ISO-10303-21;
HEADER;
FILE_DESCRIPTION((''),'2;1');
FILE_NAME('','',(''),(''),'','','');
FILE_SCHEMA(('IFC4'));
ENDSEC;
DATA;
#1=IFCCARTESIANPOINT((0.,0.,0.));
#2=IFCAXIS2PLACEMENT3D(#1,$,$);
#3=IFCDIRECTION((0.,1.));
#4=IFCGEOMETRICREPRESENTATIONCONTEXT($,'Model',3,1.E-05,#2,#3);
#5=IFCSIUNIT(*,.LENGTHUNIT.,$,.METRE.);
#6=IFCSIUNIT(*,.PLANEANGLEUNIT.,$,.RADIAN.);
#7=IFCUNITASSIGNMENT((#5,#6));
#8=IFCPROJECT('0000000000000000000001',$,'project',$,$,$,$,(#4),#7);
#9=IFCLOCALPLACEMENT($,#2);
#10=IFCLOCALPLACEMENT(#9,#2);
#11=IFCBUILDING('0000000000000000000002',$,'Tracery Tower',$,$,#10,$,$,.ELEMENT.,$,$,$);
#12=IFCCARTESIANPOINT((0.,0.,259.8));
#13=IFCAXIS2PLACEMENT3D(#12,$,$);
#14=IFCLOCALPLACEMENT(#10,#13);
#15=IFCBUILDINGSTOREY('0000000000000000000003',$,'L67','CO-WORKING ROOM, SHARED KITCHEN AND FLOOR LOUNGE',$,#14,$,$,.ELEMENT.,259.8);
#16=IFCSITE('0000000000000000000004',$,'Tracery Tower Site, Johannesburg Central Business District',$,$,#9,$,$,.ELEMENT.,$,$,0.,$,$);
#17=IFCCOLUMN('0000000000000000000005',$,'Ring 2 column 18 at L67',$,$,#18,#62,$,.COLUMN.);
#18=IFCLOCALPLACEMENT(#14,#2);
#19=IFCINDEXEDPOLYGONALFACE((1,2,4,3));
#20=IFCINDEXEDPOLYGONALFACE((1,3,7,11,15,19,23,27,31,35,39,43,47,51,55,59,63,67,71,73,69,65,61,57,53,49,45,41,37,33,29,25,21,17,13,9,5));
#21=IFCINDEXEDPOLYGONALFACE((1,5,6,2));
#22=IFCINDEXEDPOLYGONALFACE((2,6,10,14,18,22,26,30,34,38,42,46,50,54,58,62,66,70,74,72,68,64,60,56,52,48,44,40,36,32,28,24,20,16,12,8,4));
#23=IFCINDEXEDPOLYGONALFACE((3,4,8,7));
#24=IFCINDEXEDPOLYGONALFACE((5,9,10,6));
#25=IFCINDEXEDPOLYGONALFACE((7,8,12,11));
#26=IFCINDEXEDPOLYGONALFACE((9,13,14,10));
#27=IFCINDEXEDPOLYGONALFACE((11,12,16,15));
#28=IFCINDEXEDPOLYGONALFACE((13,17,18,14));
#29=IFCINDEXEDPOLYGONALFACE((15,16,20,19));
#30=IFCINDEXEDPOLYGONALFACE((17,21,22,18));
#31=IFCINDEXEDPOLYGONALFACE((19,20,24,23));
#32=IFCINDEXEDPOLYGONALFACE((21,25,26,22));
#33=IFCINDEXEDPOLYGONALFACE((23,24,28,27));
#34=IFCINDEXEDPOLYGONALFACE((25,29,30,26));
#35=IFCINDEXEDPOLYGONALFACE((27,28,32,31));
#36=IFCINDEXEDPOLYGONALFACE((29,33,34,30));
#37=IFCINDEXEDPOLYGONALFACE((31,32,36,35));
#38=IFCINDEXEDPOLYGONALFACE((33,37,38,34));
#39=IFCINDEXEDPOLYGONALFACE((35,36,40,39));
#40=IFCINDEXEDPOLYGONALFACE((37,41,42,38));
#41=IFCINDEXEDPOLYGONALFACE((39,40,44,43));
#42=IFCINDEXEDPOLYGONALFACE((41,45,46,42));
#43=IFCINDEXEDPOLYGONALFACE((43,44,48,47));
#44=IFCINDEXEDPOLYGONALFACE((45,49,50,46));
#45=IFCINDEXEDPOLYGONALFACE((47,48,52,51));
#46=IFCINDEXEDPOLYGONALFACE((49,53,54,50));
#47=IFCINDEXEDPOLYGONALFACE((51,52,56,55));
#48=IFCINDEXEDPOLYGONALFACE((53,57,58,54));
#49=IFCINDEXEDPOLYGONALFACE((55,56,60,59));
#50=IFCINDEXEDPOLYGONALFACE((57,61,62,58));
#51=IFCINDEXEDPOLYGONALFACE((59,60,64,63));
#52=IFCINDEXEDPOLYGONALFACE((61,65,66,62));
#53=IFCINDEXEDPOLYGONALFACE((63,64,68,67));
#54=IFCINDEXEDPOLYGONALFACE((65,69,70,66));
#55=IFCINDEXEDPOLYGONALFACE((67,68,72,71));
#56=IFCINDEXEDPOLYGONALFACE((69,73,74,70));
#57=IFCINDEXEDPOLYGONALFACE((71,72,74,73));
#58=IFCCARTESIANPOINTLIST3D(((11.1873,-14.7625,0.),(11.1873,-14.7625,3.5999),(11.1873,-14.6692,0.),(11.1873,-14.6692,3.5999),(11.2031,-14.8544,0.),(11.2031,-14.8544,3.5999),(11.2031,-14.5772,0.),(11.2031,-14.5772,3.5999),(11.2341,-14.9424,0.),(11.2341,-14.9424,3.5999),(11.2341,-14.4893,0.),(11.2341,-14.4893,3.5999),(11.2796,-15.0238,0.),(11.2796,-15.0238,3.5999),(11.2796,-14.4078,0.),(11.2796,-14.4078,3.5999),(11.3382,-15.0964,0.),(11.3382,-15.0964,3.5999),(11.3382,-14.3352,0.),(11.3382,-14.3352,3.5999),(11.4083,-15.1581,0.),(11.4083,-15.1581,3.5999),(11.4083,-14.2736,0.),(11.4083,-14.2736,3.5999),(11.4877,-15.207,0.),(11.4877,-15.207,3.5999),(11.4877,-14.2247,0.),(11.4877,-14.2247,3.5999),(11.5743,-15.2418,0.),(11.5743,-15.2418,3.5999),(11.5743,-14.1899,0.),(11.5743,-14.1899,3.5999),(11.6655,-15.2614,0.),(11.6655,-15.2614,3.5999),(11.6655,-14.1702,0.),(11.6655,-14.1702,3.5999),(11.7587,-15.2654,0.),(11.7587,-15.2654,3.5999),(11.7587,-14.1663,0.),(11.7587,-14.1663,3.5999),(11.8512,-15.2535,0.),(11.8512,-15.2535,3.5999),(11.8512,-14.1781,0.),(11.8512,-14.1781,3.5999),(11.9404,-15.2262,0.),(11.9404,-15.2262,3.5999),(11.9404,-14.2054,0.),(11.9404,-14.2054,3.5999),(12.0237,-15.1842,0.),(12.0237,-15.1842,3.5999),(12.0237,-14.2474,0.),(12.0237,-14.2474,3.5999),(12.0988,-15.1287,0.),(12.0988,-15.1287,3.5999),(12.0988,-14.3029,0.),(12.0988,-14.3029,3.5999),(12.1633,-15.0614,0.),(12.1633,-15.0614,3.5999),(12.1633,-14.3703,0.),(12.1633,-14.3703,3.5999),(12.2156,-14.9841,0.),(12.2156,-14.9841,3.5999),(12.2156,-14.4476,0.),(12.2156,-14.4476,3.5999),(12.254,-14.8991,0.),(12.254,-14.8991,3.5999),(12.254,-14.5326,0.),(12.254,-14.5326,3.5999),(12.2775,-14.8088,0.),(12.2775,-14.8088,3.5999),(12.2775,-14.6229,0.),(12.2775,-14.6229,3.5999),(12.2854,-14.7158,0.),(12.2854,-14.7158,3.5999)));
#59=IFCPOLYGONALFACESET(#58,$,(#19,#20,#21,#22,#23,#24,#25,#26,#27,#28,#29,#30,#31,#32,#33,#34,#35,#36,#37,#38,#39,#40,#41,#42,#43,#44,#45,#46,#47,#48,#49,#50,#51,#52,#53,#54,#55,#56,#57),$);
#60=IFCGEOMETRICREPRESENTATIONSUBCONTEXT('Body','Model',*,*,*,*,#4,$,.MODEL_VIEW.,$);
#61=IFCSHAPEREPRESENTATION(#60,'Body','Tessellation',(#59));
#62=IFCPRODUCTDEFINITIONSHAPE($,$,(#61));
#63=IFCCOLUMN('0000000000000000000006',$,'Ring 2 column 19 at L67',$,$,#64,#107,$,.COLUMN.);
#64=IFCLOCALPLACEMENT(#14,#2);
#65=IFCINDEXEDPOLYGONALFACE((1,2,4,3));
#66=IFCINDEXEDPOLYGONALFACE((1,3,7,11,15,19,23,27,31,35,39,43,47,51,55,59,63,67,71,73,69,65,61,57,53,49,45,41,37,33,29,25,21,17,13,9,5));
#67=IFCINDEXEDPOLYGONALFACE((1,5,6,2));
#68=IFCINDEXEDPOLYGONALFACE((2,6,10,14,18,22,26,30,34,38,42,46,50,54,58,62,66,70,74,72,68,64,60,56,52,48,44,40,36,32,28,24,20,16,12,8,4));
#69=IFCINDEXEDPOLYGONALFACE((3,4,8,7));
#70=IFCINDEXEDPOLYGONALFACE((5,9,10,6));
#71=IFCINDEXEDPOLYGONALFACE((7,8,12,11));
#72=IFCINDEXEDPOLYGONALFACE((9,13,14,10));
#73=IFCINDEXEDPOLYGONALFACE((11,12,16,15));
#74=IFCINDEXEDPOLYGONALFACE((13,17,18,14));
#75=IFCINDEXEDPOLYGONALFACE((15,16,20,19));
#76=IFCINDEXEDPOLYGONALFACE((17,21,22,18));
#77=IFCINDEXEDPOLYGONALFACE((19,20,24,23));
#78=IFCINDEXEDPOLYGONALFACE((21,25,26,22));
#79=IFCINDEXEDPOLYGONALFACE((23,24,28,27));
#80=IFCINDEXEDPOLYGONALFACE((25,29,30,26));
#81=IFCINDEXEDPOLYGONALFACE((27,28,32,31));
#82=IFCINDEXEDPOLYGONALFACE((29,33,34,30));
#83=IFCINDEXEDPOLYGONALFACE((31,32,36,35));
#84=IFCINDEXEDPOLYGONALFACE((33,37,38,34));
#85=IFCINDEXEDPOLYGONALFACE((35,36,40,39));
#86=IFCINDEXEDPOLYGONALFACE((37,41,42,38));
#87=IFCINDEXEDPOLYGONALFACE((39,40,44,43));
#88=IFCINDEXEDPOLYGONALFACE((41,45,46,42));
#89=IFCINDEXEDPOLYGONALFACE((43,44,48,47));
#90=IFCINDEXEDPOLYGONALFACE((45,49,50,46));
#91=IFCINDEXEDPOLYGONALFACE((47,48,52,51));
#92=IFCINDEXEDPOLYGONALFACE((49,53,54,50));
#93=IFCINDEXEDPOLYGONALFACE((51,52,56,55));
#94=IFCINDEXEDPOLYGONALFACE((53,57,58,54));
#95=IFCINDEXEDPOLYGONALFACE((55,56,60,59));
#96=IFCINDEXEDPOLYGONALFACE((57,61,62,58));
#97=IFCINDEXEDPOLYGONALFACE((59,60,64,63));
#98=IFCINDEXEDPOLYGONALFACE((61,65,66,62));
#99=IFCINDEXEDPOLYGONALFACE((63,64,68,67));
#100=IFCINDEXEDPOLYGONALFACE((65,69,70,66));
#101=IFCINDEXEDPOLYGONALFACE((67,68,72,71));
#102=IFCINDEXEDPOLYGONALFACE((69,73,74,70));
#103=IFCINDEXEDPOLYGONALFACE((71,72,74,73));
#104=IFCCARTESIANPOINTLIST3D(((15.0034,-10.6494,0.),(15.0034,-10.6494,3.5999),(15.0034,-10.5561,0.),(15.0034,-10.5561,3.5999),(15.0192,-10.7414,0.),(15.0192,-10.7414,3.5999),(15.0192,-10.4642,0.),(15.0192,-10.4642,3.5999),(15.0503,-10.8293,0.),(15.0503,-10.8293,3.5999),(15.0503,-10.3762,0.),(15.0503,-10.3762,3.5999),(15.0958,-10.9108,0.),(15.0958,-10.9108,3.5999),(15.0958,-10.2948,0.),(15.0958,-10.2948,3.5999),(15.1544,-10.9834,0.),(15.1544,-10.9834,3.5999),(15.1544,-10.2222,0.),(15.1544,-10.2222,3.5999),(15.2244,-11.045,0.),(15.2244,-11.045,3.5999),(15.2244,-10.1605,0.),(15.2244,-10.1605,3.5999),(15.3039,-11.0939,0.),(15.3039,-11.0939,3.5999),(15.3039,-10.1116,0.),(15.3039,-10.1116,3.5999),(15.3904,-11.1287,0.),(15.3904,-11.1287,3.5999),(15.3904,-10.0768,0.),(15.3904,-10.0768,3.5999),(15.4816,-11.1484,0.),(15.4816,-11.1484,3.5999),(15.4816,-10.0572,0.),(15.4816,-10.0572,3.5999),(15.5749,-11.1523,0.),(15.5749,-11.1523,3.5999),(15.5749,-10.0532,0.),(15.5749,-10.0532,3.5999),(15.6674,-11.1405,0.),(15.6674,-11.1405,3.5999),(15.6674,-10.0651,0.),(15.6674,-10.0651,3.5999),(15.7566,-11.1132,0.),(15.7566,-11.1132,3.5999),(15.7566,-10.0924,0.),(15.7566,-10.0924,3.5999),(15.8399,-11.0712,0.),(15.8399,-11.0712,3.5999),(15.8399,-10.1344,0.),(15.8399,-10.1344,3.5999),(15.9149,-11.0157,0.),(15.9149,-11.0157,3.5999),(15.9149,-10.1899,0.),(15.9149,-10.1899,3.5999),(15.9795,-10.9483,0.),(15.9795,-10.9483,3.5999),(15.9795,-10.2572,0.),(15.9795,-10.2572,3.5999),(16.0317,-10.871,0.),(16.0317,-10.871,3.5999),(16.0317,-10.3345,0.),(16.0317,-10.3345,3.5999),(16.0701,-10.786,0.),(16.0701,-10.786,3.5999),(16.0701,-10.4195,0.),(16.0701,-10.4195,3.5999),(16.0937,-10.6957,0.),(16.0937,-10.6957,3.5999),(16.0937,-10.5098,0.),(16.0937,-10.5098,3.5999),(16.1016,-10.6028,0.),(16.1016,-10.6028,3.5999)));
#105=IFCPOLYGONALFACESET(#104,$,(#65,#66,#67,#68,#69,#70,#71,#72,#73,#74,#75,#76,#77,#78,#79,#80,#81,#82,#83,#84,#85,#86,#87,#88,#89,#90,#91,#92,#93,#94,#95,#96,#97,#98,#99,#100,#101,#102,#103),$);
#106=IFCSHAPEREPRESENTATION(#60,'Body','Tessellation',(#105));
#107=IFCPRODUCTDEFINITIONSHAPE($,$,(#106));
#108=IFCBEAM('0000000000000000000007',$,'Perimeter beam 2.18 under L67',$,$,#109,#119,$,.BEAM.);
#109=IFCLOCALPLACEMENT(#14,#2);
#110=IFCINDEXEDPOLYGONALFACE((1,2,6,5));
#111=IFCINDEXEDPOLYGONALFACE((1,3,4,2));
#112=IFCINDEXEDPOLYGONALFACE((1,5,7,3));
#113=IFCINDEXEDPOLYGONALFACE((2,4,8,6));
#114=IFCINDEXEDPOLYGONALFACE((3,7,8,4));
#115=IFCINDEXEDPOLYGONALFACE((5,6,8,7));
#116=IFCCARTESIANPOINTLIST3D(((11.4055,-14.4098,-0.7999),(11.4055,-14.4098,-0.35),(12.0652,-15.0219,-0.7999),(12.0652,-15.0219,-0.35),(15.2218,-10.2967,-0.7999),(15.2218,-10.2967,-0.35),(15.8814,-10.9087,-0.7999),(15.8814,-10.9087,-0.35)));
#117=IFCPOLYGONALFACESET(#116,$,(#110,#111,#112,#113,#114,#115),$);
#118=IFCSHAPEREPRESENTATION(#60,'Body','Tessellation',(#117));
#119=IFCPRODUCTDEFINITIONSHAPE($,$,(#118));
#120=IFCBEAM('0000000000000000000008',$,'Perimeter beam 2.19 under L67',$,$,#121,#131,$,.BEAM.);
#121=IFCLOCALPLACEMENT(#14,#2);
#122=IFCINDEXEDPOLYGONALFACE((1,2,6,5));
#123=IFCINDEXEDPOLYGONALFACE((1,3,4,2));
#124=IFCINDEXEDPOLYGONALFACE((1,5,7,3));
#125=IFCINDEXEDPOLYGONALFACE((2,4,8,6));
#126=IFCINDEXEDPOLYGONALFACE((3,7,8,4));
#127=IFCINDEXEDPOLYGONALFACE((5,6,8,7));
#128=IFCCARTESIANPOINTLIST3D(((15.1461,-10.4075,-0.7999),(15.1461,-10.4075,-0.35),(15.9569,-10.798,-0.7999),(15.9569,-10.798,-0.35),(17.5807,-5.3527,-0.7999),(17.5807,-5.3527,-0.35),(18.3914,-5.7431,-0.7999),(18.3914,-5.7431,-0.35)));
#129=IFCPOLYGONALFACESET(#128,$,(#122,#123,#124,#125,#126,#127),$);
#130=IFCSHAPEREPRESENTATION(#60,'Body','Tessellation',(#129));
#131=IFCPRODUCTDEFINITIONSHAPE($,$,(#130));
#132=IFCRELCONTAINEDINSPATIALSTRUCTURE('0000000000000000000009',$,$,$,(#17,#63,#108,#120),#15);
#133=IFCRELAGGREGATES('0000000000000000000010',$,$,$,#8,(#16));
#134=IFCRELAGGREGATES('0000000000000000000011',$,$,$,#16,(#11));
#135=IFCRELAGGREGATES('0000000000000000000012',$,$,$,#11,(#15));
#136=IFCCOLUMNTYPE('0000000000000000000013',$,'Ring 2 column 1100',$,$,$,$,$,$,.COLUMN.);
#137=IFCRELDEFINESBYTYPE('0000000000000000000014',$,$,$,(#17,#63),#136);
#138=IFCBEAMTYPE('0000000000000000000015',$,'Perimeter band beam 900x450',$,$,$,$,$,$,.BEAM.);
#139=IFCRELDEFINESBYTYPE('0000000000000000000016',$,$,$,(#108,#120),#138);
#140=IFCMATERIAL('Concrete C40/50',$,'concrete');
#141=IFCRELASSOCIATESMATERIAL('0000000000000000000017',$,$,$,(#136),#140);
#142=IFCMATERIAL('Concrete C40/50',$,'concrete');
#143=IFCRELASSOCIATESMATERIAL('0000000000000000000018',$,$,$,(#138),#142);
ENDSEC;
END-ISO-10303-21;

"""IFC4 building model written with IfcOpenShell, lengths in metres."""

from ifc_helpers import new_model, si_unit, direction, frame, origin, origin_2d, place, context, subcontext, project, spatial, rectangle, circle, extrude, material, material_profile, profile_set, type_object, element, save


model = new_model("IFC4")

# Units and contexts
model_context = context("Model", 3, precision=1e-05, world=origin(), true_north=direction((0.0, 1.0)))
body_context = subcontext(model_context, "Body", "Model", "MODEL_VIEW")
ifc_project = project(units=[si_unit("LENGTHUNIT", "METRE"), si_unit("PLANEANGLEUNIT", "RADIAN")], contexts=[model_context])

# Site, building, storey
site_placement = place(None, origin())
site = spatial("IfcSite", under=ifc_project, at=site_placement, Name="Tracery Tower Site, Johannesburg Central Business District", CompositionType="ELEMENT", RefElevation=0.0)
building_placement = place(site_placement, origin())
building = spatial("IfcBuilding", under=site, at=building_placement, Name="Tracery Tower", CompositionType="ELEMENT")
storey_placement = place(building_placement, frame((0.0, 0.0, 259.8)))
storey = spatial("IfcBuildingStorey", under=building, at=storey_placement, Name="L67", Description="CO-WORKING ROOM, SHARED KITCHEN AND FLOOR LOUNGE", CompositionType="ELEMENT", Elevation=259.8)

# Columns
ifc_material_1 = material(Name="Concrete C40/50", Category="concrete")
ifc_material_profile_1 = material_profile(ifc_material_1, circle(Radius=0.55, at=origin_2d()), Name="RC D1100")
ifc_profile_set_1 = profile_set([ifc_material_profile_1], Name="Concrete C40/50")
column_type = type_object("IfcColumnType", Name="Ring 2 column 1100", PredefinedType="COLUMN", material=ifc_profile_set_1)
for number, where, z_axis, x_axis, name in (
    (1, (11.7354, -14.7158, 0.0), (0.0, 0.0, 1.0), (1.0, 0.0, 0.0), "Ring 2 column 18 at L67"),
    (2, (15.5515, -10.6028, 0.0), (0.0, 0.0, 1.0), (1.0, 0.0, 0.0), "Ring 2 column 19 at L67"),
):
    element("IfcColumn", number, at=place(storey_placement, frame(where, z_axis=z_axis, x_axis=x_axis)), inside=storey, type_object=column_type, Name=name, PredefinedType="COLUMN", context=body_context, shape_type="SweptSolid", body=[
        extrude(circle(Radius=0.55, at=origin_2d()), origin(), (0.0, 0.0, 1.0), 3.5999),
    ])

# Beams
ifc_material_2 = material(Name="Concrete C40/50", Category="concrete")
ifc_material_profile_2 = material_profile(ifc_material_2, rectangle(XDim=0.8999, YDim=0.45, at=origin_2d()), Name="RC 900x450")
ifc_profile_set_2 = profile_set([ifc_material_profile_2], Name="Concrete C40/50")
beam_type = type_object("IfcBeamType", Name="Perimeter band beam 900x450", PredefinedType="BEAM", material=ifc_profile_set_2)
beam_1_placement = place(storey_placement, frame((11.7354, -14.7158, -0.575), z_axis=(0.680156, 0.733068, 0.0), x_axis=(-0.733068, 0.680156, 0.0)))
element("IfcBeam", 3, at=beam_1_placement, inside=storey, type_object=beam_type, Name="Perimeter beam 2.18 under L67", PredefinedType="BEAM", context=body_context, shape_type="SweptSolid", body=[
    extrude(rectangle(XDim=0.8999, YDim=0.45, at=origin_2d()), origin(), (0.0, 0.0, 1.0), 5.6108),
])
beam_2_placement = place(storey_placement, frame((15.5515, -10.6028, -0.575), z_axis=(0.433919, 0.900952, 0.0), x_axis=(-0.900952, 0.433919, 0.0)))
element("IfcBeam", 4, at=beam_2_placement, inside=storey, type_object=beam_type, Name="Perimeter beam 2.19 under L67", PredefinedType="BEAM", context=body_context, shape_type="SweptSolid", body=[
    extrude(rectangle(XDim=0.8999, YDim=0.45, at=origin_2d()), origin(), (0.0, 0.0, 1.0), 5.6106),
])

save(model, "model.ifc")
